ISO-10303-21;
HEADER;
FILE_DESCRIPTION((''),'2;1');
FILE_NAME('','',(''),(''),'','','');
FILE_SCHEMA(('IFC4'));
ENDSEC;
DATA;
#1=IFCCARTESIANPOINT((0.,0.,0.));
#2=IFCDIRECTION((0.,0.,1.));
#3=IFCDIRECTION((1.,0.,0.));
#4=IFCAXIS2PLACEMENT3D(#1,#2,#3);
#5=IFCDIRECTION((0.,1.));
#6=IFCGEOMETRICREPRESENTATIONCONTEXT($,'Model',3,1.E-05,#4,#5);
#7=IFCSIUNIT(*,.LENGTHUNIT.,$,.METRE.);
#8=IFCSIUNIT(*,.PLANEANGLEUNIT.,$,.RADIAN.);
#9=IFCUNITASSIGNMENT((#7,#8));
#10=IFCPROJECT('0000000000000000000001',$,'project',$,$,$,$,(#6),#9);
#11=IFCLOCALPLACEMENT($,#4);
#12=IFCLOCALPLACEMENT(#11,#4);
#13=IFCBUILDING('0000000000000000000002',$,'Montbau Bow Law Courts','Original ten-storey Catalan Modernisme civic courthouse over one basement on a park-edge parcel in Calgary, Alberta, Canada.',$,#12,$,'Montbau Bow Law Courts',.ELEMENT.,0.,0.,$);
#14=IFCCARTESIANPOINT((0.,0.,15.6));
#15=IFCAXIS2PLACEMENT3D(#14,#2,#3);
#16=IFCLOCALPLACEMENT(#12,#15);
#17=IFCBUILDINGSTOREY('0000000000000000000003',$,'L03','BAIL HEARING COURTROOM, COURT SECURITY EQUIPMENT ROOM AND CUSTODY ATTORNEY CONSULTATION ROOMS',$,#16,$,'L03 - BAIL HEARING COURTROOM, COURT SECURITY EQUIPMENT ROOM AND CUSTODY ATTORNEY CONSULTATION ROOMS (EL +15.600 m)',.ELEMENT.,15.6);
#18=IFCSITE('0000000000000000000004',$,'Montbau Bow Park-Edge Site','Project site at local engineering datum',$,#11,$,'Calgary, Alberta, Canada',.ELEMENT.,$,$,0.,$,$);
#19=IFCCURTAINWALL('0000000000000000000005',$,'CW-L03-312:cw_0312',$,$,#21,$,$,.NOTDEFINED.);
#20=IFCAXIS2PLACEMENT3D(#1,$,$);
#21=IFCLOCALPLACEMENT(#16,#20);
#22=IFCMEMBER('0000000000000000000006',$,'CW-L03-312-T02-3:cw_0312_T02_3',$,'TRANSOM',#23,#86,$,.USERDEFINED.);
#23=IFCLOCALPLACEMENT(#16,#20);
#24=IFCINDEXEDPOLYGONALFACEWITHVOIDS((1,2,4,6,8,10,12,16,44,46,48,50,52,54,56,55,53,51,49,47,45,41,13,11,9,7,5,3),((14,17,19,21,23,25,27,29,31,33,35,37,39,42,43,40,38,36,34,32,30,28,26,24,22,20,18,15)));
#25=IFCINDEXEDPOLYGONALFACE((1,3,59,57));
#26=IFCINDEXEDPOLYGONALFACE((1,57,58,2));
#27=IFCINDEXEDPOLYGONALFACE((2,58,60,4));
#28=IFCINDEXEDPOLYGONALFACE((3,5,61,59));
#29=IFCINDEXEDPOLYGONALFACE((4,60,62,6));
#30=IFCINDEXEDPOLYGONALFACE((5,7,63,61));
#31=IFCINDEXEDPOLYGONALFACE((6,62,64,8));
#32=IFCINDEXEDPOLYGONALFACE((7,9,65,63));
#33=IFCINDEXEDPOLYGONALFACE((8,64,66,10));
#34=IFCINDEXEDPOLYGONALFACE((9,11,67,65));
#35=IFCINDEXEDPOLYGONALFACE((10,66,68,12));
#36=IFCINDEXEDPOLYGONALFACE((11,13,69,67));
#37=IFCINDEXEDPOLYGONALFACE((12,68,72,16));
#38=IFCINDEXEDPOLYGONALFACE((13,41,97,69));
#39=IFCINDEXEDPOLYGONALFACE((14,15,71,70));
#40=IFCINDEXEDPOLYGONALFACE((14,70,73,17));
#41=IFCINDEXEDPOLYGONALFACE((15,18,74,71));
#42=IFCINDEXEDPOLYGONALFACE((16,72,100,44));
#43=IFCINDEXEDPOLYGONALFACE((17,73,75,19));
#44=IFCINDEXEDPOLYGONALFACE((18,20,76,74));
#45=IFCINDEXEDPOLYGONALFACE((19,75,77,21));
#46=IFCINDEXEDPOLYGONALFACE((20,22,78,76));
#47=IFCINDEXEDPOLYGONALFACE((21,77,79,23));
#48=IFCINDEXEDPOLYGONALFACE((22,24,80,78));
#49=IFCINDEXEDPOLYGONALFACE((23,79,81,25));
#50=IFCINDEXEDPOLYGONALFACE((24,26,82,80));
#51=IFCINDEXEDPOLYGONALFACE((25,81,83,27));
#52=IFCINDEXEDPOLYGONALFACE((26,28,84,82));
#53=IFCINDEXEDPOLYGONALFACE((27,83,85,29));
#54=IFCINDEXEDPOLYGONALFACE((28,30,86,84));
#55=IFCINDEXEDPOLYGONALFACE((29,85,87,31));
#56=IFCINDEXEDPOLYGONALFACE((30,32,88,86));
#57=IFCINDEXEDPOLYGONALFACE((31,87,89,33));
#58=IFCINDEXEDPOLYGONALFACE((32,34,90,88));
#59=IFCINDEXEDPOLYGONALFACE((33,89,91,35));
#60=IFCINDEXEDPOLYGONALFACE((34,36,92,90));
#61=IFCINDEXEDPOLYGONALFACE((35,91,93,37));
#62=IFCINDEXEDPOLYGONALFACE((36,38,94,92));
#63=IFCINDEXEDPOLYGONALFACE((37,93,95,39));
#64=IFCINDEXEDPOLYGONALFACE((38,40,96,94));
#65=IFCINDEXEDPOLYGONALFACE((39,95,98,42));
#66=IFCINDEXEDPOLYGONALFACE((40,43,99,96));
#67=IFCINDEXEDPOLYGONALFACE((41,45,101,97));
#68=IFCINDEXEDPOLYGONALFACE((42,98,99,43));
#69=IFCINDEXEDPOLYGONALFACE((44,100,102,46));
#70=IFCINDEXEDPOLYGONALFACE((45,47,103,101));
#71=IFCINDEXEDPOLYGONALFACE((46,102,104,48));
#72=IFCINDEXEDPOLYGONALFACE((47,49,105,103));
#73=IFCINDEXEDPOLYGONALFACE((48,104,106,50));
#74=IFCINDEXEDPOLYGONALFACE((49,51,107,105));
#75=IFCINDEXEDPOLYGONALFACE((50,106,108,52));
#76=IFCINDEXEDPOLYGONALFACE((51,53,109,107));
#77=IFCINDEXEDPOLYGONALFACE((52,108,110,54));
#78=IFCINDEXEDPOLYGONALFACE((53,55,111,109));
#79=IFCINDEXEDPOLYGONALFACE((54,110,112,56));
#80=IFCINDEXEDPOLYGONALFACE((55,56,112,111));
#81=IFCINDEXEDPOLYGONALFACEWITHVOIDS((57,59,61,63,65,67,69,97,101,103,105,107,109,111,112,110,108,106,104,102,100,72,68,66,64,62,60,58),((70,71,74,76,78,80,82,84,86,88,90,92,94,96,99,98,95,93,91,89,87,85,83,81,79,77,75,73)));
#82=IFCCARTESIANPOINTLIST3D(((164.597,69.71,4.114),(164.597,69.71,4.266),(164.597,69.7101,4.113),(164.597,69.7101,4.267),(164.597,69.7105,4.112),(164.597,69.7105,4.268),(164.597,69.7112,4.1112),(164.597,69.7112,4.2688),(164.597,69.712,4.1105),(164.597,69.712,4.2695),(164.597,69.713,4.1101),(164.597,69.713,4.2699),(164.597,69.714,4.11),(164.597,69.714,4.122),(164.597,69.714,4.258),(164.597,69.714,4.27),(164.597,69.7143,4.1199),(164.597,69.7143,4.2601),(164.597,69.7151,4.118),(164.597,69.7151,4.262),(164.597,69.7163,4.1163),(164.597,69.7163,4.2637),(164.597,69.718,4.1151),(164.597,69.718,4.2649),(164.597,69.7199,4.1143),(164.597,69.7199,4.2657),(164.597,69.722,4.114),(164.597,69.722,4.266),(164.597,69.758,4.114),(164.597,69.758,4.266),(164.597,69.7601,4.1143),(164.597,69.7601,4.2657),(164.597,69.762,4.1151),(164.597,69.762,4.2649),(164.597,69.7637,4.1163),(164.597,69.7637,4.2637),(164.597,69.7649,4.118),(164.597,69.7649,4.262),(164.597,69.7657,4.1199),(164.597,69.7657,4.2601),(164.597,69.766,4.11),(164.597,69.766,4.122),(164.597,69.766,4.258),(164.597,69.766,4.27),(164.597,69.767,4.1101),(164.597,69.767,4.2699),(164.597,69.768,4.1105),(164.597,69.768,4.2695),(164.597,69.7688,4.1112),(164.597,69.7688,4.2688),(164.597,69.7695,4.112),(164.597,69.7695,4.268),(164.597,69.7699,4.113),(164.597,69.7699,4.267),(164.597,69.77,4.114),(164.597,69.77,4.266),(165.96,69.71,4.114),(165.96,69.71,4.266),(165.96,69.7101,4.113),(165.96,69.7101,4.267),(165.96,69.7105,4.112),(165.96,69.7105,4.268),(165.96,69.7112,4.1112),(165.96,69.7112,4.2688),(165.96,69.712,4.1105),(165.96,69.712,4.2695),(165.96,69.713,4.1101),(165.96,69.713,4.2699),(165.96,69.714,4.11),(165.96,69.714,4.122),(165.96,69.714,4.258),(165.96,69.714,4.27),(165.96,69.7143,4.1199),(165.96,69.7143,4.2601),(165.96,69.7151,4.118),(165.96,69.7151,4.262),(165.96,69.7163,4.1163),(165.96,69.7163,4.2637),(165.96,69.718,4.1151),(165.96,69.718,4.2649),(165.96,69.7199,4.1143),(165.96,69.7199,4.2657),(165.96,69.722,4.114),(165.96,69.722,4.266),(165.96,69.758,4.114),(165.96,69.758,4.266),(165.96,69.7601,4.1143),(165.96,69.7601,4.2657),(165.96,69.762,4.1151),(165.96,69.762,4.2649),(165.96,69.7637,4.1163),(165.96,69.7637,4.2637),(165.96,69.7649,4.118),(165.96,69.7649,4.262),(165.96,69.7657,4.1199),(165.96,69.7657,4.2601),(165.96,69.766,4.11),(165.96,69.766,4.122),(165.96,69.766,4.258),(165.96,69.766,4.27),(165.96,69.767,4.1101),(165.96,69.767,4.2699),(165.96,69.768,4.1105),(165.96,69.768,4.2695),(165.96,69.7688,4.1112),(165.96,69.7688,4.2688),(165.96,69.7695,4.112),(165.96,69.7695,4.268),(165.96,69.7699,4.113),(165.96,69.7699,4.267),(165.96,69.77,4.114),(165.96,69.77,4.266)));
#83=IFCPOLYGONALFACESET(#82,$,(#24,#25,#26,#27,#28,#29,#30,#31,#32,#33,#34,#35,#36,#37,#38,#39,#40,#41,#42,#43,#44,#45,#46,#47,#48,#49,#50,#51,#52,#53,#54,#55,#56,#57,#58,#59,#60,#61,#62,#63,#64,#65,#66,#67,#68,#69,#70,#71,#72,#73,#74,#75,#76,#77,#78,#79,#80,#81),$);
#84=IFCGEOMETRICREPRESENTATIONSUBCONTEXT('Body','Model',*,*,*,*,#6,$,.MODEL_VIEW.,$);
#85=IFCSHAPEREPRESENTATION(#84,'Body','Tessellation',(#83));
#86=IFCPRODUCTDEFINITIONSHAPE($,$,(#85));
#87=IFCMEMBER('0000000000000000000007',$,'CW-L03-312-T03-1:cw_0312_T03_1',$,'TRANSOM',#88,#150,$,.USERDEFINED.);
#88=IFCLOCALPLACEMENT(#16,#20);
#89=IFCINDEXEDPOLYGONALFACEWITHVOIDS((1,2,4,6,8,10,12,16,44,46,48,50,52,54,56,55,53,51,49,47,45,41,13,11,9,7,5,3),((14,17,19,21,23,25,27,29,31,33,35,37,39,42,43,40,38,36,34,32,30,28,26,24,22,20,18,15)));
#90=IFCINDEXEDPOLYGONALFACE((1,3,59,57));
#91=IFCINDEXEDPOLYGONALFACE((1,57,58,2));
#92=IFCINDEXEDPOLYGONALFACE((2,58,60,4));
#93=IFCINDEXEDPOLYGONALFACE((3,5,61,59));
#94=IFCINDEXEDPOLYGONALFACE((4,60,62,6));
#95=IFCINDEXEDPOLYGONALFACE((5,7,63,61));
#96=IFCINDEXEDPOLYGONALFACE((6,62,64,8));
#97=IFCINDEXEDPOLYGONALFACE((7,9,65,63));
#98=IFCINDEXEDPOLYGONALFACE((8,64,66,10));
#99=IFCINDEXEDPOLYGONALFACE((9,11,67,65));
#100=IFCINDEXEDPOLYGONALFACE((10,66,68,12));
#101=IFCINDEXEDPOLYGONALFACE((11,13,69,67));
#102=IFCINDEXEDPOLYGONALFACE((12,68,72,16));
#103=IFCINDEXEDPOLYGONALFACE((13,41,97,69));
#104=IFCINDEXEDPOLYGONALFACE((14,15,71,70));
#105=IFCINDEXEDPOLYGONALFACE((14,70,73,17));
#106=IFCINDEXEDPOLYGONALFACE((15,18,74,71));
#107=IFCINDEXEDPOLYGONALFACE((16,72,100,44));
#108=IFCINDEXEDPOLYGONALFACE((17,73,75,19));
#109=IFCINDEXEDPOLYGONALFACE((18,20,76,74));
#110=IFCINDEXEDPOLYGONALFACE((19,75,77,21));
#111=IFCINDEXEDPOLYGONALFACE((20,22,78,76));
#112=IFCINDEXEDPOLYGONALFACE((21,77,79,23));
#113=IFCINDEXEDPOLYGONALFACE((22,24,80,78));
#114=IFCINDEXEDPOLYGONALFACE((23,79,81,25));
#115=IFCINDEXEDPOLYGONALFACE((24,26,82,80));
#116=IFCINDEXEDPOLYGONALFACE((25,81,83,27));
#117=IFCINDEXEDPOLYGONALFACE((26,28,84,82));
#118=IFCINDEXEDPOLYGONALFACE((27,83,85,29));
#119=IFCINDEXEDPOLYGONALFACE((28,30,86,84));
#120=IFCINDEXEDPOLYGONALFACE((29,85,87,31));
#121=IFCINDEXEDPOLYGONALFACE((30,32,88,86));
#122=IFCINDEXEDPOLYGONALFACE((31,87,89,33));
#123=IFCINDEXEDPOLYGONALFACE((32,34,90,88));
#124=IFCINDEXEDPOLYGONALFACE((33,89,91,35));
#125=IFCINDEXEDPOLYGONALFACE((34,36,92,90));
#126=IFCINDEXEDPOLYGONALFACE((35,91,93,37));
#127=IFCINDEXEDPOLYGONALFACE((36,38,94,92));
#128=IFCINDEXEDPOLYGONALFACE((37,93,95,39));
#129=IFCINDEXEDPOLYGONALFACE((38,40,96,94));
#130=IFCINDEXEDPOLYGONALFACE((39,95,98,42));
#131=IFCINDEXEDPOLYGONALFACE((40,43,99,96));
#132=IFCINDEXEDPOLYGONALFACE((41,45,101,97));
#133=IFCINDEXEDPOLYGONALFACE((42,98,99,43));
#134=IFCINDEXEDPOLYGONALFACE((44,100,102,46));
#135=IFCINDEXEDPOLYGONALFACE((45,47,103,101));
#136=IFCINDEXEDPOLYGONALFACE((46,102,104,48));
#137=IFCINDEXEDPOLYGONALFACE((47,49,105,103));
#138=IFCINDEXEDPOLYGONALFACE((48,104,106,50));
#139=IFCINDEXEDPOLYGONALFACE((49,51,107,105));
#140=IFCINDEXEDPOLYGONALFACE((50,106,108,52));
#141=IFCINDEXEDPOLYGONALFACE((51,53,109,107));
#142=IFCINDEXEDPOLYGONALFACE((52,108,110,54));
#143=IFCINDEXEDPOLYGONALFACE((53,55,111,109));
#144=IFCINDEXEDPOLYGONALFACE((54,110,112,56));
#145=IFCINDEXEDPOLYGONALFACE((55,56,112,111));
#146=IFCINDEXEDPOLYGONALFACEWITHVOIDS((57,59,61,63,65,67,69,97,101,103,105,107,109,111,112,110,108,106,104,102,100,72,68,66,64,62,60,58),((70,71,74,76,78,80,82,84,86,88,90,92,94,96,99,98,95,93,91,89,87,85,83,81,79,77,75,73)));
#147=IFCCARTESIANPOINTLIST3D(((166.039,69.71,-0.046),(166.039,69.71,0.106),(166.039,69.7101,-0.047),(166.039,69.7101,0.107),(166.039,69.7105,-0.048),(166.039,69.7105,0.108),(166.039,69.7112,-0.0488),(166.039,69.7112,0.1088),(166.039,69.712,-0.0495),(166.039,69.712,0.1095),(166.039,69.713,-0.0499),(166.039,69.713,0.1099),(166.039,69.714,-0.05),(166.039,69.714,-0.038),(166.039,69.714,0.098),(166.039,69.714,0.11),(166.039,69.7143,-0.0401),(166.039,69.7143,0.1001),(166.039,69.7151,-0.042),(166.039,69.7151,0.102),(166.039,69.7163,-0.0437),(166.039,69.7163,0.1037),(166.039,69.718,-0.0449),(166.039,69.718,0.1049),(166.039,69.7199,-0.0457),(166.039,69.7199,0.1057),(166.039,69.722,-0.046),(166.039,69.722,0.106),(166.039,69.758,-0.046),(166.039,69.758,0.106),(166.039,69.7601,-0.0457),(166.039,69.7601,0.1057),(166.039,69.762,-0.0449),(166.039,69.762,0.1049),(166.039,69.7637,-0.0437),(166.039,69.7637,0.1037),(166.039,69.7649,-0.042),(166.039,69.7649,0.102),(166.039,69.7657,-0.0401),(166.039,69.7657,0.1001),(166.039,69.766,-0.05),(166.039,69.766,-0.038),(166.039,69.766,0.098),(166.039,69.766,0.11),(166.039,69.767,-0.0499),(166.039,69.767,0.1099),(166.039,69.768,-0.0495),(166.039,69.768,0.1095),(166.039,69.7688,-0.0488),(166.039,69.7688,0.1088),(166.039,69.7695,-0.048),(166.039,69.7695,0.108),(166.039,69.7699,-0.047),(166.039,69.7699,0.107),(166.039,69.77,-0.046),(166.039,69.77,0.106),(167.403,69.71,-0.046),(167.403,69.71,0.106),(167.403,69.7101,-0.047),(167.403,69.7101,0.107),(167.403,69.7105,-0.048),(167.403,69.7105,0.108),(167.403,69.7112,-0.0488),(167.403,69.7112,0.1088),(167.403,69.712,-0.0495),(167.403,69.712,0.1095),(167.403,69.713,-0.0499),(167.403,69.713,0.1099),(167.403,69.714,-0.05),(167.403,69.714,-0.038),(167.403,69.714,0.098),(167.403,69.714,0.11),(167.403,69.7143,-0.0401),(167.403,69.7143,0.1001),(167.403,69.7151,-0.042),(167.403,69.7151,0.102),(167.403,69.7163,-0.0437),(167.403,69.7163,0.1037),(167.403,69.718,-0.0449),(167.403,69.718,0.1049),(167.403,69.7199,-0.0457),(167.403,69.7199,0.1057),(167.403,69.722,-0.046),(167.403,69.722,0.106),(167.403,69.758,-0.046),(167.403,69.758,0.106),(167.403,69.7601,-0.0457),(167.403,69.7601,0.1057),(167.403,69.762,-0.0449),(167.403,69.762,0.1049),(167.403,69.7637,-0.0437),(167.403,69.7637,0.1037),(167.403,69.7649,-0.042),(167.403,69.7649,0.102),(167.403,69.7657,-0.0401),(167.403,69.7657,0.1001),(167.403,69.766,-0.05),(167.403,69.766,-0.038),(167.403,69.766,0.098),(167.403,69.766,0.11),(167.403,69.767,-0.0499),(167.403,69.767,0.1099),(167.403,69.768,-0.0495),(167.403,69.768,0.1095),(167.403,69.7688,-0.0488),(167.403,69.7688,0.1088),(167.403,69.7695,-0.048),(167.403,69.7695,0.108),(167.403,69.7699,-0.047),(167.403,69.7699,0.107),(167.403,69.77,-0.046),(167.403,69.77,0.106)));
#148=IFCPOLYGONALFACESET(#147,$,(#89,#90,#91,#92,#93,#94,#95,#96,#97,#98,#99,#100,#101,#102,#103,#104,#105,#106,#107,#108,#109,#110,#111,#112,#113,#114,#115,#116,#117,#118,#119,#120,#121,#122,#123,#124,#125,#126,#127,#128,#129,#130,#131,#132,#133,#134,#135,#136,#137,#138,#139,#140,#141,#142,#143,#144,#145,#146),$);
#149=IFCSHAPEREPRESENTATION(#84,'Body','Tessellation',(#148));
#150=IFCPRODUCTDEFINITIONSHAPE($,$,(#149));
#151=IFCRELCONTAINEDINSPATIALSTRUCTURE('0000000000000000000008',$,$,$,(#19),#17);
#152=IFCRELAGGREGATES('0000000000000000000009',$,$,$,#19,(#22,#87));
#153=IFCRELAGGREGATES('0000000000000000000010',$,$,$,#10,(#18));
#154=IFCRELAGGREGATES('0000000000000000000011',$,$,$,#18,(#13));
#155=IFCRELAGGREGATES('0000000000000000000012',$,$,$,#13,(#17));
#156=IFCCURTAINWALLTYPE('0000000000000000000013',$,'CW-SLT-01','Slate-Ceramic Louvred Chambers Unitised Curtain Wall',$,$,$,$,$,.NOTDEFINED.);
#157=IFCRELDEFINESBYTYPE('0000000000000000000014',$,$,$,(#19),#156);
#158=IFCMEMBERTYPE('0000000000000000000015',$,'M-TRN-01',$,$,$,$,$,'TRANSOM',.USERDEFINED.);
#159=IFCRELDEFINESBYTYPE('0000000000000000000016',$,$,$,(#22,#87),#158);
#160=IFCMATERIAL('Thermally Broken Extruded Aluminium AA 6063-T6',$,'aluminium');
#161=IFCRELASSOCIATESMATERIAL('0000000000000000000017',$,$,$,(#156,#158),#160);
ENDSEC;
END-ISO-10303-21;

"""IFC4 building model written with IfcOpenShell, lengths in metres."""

from ifc_helpers import new_model, si_unit, direction, frame, origin_with_axes, origin_2d_with_axis, place, context, subcontext, project, spatial, hollow_rectangle, extrude, material, material_profile, profile_set, type_object, element, aggregate, save


model = new_model("IFC4")

# Units and contexts
model_context = context("Model", 3, precision=1e-05, world=origin_with_axes(), true_north=direction((0.0, 1.0)))
body_context = subcontext(model_context, "Body", "Model", "MODEL_VIEW")
ifc_project = project(units=[si_unit("LENGTHUNIT", "METRE"), si_unit("PLANEANGLEUNIT", "RADIAN")], contexts=[model_context])

# Site, building, storey
site_placement = place(None, origin_with_axes())
site = spatial("IfcSite", under=ifc_project, at=site_placement, Name="Montbau Bow Park-Edge Site", Description="Project site at local engineering datum", LongName="Calgary, Alberta, Canada", CompositionType="ELEMENT", RefElevation=0.0)
building_placement = place(site_placement, origin_with_axes())
building = spatial("IfcBuilding", under=site, at=building_placement, Name="Montbau Bow Law Courts", Description="Original ten-storey Catalan Modernisme civic courthouse over one basement on a park-edge parcel in Calgary, Alberta, Canada.", LongName="Montbau Bow Law Courts", CompositionType="ELEMENT", ElevationOfRefHeight=0.0, ElevationOfTerrain=0.0)
storey_placement = place(building_placement, frame((0.0, 0.0, 15.6), z_axis=(0.0, 0.0, 1.0), x_axis=(1.0, 0.0, 0.0)))
storey = spatial("IfcBuildingStorey", under=building, at=storey_placement, Name="L03", Description="BAIL HEARING COURTROOM, COURT SECURITY EQUIPMENT ROOM AND CUSTODY ATTORNEY CONSULTATION ROOMS", LongName="L03 - BAIL HEARING COURTROOM, COURT SECURITY EQUIPMENT ROOM AND CUSTODY ATTORNEY CONSULTATION ROOMS (EL +15.600 m)", CompositionType="ELEMENT", Elevation=15.6)

# Curtain wall
ifc_material_1 = material(Name="Thermally Broken Extruded Aluminium AA 6063-T6", Category="aluminium")
curtain_wall_type = type_object("IfcCurtainWallType", Name="CW-SLT-01", Description="Slate-Ceramic Louvred Chambers Unitised Curtain Wall", PredefinedType="NOTDEFINED", material=ifc_material_1)
curtain_wall_1_placement = place(None, frame((163.115, 69.74, 15.6), z_axis=(0.0, 0.0, 1.0), x_axis=(1.0, 0.0, 0.0)))
curtain_wall_1 = element("IfcCurtainWall", 1, at=curtain_wall_1_placement, inside=storey, type_object=curtain_wall_type, Name="CW-L03-312:cw_0312", PredefinedType="NOTDEFINED")

# Members
ifc_material_profile_1 = material_profile(ifc_material_1, hollow_rectangle(XDim=0.06, YDim=0.16, WallThickness=0.004, InnerFilletRadius=0.008, OuterFilletRadius=0.004, at=origin_2d_with_axis()), Name="CWT-160X60", Category="Main", Priority=0)
ifc_profile_set_1 = profile_set([ifc_material_profile_1], Name="Thermally Broken Extruded Aluminium AA 6063-T6")
member_type_1 = type_object("IfcMemberType", Name="M-TRN-01", ElementType="TRANSOM", PredefinedType="USERDEFINED", material=ifc_profile_set_1)
member_1_placement = place(None, frame((164.597, 69.74, 19.79), z_axis=(1.0, 0.0, 0.0), x_axis=(0.0, 1.0, 0.0)))
member_1 = element("IfcMember", 2, at=member_1_placement, type_object=member_type_1, Name="CW-L03-312-T02-3:cw_0312_T02_3", ObjectType="TRANSOM", PredefinedType="USERDEFINED", context=body_context, shape_type="SweptSolid", body=[
    extrude(hollow_rectangle(XDim=0.06, YDim=0.16, WallThickness=0.004, InnerFilletRadius=0.008, OuterFilletRadius=0.004, at=origin_2d_with_axis()), origin_with_axes(), (0.0, 0.0, 1.0), 1.363),
])
member_2_placement = place(None, frame((166.039, 69.74, 15.63), z_axis=(1.0, 0.0, 0.0), x_axis=(0.0, 1.0, 0.0)))
member_2 = element("IfcMember", 3, at=member_2_placement, type_object=member_type_1, Name="CW-L03-312-T03-1:cw_0312_T03_1", ObjectType="TRANSOM", PredefinedType="USERDEFINED", context=body_context, shape_type="SweptSolid", body=[
    extrude(hollow_rectangle(XDim=0.06, YDim=0.16, WallThickness=0.004, InnerFilletRadius=0.008, OuterFilletRadius=0.004, at=origin_2d_with_axis()), origin_with_axes(), (0.0, 0.0, 1.0), 1.364),
])

aggregate(curtain_wall_1, [member_1, member_2])

save(model, "model.ifc")
